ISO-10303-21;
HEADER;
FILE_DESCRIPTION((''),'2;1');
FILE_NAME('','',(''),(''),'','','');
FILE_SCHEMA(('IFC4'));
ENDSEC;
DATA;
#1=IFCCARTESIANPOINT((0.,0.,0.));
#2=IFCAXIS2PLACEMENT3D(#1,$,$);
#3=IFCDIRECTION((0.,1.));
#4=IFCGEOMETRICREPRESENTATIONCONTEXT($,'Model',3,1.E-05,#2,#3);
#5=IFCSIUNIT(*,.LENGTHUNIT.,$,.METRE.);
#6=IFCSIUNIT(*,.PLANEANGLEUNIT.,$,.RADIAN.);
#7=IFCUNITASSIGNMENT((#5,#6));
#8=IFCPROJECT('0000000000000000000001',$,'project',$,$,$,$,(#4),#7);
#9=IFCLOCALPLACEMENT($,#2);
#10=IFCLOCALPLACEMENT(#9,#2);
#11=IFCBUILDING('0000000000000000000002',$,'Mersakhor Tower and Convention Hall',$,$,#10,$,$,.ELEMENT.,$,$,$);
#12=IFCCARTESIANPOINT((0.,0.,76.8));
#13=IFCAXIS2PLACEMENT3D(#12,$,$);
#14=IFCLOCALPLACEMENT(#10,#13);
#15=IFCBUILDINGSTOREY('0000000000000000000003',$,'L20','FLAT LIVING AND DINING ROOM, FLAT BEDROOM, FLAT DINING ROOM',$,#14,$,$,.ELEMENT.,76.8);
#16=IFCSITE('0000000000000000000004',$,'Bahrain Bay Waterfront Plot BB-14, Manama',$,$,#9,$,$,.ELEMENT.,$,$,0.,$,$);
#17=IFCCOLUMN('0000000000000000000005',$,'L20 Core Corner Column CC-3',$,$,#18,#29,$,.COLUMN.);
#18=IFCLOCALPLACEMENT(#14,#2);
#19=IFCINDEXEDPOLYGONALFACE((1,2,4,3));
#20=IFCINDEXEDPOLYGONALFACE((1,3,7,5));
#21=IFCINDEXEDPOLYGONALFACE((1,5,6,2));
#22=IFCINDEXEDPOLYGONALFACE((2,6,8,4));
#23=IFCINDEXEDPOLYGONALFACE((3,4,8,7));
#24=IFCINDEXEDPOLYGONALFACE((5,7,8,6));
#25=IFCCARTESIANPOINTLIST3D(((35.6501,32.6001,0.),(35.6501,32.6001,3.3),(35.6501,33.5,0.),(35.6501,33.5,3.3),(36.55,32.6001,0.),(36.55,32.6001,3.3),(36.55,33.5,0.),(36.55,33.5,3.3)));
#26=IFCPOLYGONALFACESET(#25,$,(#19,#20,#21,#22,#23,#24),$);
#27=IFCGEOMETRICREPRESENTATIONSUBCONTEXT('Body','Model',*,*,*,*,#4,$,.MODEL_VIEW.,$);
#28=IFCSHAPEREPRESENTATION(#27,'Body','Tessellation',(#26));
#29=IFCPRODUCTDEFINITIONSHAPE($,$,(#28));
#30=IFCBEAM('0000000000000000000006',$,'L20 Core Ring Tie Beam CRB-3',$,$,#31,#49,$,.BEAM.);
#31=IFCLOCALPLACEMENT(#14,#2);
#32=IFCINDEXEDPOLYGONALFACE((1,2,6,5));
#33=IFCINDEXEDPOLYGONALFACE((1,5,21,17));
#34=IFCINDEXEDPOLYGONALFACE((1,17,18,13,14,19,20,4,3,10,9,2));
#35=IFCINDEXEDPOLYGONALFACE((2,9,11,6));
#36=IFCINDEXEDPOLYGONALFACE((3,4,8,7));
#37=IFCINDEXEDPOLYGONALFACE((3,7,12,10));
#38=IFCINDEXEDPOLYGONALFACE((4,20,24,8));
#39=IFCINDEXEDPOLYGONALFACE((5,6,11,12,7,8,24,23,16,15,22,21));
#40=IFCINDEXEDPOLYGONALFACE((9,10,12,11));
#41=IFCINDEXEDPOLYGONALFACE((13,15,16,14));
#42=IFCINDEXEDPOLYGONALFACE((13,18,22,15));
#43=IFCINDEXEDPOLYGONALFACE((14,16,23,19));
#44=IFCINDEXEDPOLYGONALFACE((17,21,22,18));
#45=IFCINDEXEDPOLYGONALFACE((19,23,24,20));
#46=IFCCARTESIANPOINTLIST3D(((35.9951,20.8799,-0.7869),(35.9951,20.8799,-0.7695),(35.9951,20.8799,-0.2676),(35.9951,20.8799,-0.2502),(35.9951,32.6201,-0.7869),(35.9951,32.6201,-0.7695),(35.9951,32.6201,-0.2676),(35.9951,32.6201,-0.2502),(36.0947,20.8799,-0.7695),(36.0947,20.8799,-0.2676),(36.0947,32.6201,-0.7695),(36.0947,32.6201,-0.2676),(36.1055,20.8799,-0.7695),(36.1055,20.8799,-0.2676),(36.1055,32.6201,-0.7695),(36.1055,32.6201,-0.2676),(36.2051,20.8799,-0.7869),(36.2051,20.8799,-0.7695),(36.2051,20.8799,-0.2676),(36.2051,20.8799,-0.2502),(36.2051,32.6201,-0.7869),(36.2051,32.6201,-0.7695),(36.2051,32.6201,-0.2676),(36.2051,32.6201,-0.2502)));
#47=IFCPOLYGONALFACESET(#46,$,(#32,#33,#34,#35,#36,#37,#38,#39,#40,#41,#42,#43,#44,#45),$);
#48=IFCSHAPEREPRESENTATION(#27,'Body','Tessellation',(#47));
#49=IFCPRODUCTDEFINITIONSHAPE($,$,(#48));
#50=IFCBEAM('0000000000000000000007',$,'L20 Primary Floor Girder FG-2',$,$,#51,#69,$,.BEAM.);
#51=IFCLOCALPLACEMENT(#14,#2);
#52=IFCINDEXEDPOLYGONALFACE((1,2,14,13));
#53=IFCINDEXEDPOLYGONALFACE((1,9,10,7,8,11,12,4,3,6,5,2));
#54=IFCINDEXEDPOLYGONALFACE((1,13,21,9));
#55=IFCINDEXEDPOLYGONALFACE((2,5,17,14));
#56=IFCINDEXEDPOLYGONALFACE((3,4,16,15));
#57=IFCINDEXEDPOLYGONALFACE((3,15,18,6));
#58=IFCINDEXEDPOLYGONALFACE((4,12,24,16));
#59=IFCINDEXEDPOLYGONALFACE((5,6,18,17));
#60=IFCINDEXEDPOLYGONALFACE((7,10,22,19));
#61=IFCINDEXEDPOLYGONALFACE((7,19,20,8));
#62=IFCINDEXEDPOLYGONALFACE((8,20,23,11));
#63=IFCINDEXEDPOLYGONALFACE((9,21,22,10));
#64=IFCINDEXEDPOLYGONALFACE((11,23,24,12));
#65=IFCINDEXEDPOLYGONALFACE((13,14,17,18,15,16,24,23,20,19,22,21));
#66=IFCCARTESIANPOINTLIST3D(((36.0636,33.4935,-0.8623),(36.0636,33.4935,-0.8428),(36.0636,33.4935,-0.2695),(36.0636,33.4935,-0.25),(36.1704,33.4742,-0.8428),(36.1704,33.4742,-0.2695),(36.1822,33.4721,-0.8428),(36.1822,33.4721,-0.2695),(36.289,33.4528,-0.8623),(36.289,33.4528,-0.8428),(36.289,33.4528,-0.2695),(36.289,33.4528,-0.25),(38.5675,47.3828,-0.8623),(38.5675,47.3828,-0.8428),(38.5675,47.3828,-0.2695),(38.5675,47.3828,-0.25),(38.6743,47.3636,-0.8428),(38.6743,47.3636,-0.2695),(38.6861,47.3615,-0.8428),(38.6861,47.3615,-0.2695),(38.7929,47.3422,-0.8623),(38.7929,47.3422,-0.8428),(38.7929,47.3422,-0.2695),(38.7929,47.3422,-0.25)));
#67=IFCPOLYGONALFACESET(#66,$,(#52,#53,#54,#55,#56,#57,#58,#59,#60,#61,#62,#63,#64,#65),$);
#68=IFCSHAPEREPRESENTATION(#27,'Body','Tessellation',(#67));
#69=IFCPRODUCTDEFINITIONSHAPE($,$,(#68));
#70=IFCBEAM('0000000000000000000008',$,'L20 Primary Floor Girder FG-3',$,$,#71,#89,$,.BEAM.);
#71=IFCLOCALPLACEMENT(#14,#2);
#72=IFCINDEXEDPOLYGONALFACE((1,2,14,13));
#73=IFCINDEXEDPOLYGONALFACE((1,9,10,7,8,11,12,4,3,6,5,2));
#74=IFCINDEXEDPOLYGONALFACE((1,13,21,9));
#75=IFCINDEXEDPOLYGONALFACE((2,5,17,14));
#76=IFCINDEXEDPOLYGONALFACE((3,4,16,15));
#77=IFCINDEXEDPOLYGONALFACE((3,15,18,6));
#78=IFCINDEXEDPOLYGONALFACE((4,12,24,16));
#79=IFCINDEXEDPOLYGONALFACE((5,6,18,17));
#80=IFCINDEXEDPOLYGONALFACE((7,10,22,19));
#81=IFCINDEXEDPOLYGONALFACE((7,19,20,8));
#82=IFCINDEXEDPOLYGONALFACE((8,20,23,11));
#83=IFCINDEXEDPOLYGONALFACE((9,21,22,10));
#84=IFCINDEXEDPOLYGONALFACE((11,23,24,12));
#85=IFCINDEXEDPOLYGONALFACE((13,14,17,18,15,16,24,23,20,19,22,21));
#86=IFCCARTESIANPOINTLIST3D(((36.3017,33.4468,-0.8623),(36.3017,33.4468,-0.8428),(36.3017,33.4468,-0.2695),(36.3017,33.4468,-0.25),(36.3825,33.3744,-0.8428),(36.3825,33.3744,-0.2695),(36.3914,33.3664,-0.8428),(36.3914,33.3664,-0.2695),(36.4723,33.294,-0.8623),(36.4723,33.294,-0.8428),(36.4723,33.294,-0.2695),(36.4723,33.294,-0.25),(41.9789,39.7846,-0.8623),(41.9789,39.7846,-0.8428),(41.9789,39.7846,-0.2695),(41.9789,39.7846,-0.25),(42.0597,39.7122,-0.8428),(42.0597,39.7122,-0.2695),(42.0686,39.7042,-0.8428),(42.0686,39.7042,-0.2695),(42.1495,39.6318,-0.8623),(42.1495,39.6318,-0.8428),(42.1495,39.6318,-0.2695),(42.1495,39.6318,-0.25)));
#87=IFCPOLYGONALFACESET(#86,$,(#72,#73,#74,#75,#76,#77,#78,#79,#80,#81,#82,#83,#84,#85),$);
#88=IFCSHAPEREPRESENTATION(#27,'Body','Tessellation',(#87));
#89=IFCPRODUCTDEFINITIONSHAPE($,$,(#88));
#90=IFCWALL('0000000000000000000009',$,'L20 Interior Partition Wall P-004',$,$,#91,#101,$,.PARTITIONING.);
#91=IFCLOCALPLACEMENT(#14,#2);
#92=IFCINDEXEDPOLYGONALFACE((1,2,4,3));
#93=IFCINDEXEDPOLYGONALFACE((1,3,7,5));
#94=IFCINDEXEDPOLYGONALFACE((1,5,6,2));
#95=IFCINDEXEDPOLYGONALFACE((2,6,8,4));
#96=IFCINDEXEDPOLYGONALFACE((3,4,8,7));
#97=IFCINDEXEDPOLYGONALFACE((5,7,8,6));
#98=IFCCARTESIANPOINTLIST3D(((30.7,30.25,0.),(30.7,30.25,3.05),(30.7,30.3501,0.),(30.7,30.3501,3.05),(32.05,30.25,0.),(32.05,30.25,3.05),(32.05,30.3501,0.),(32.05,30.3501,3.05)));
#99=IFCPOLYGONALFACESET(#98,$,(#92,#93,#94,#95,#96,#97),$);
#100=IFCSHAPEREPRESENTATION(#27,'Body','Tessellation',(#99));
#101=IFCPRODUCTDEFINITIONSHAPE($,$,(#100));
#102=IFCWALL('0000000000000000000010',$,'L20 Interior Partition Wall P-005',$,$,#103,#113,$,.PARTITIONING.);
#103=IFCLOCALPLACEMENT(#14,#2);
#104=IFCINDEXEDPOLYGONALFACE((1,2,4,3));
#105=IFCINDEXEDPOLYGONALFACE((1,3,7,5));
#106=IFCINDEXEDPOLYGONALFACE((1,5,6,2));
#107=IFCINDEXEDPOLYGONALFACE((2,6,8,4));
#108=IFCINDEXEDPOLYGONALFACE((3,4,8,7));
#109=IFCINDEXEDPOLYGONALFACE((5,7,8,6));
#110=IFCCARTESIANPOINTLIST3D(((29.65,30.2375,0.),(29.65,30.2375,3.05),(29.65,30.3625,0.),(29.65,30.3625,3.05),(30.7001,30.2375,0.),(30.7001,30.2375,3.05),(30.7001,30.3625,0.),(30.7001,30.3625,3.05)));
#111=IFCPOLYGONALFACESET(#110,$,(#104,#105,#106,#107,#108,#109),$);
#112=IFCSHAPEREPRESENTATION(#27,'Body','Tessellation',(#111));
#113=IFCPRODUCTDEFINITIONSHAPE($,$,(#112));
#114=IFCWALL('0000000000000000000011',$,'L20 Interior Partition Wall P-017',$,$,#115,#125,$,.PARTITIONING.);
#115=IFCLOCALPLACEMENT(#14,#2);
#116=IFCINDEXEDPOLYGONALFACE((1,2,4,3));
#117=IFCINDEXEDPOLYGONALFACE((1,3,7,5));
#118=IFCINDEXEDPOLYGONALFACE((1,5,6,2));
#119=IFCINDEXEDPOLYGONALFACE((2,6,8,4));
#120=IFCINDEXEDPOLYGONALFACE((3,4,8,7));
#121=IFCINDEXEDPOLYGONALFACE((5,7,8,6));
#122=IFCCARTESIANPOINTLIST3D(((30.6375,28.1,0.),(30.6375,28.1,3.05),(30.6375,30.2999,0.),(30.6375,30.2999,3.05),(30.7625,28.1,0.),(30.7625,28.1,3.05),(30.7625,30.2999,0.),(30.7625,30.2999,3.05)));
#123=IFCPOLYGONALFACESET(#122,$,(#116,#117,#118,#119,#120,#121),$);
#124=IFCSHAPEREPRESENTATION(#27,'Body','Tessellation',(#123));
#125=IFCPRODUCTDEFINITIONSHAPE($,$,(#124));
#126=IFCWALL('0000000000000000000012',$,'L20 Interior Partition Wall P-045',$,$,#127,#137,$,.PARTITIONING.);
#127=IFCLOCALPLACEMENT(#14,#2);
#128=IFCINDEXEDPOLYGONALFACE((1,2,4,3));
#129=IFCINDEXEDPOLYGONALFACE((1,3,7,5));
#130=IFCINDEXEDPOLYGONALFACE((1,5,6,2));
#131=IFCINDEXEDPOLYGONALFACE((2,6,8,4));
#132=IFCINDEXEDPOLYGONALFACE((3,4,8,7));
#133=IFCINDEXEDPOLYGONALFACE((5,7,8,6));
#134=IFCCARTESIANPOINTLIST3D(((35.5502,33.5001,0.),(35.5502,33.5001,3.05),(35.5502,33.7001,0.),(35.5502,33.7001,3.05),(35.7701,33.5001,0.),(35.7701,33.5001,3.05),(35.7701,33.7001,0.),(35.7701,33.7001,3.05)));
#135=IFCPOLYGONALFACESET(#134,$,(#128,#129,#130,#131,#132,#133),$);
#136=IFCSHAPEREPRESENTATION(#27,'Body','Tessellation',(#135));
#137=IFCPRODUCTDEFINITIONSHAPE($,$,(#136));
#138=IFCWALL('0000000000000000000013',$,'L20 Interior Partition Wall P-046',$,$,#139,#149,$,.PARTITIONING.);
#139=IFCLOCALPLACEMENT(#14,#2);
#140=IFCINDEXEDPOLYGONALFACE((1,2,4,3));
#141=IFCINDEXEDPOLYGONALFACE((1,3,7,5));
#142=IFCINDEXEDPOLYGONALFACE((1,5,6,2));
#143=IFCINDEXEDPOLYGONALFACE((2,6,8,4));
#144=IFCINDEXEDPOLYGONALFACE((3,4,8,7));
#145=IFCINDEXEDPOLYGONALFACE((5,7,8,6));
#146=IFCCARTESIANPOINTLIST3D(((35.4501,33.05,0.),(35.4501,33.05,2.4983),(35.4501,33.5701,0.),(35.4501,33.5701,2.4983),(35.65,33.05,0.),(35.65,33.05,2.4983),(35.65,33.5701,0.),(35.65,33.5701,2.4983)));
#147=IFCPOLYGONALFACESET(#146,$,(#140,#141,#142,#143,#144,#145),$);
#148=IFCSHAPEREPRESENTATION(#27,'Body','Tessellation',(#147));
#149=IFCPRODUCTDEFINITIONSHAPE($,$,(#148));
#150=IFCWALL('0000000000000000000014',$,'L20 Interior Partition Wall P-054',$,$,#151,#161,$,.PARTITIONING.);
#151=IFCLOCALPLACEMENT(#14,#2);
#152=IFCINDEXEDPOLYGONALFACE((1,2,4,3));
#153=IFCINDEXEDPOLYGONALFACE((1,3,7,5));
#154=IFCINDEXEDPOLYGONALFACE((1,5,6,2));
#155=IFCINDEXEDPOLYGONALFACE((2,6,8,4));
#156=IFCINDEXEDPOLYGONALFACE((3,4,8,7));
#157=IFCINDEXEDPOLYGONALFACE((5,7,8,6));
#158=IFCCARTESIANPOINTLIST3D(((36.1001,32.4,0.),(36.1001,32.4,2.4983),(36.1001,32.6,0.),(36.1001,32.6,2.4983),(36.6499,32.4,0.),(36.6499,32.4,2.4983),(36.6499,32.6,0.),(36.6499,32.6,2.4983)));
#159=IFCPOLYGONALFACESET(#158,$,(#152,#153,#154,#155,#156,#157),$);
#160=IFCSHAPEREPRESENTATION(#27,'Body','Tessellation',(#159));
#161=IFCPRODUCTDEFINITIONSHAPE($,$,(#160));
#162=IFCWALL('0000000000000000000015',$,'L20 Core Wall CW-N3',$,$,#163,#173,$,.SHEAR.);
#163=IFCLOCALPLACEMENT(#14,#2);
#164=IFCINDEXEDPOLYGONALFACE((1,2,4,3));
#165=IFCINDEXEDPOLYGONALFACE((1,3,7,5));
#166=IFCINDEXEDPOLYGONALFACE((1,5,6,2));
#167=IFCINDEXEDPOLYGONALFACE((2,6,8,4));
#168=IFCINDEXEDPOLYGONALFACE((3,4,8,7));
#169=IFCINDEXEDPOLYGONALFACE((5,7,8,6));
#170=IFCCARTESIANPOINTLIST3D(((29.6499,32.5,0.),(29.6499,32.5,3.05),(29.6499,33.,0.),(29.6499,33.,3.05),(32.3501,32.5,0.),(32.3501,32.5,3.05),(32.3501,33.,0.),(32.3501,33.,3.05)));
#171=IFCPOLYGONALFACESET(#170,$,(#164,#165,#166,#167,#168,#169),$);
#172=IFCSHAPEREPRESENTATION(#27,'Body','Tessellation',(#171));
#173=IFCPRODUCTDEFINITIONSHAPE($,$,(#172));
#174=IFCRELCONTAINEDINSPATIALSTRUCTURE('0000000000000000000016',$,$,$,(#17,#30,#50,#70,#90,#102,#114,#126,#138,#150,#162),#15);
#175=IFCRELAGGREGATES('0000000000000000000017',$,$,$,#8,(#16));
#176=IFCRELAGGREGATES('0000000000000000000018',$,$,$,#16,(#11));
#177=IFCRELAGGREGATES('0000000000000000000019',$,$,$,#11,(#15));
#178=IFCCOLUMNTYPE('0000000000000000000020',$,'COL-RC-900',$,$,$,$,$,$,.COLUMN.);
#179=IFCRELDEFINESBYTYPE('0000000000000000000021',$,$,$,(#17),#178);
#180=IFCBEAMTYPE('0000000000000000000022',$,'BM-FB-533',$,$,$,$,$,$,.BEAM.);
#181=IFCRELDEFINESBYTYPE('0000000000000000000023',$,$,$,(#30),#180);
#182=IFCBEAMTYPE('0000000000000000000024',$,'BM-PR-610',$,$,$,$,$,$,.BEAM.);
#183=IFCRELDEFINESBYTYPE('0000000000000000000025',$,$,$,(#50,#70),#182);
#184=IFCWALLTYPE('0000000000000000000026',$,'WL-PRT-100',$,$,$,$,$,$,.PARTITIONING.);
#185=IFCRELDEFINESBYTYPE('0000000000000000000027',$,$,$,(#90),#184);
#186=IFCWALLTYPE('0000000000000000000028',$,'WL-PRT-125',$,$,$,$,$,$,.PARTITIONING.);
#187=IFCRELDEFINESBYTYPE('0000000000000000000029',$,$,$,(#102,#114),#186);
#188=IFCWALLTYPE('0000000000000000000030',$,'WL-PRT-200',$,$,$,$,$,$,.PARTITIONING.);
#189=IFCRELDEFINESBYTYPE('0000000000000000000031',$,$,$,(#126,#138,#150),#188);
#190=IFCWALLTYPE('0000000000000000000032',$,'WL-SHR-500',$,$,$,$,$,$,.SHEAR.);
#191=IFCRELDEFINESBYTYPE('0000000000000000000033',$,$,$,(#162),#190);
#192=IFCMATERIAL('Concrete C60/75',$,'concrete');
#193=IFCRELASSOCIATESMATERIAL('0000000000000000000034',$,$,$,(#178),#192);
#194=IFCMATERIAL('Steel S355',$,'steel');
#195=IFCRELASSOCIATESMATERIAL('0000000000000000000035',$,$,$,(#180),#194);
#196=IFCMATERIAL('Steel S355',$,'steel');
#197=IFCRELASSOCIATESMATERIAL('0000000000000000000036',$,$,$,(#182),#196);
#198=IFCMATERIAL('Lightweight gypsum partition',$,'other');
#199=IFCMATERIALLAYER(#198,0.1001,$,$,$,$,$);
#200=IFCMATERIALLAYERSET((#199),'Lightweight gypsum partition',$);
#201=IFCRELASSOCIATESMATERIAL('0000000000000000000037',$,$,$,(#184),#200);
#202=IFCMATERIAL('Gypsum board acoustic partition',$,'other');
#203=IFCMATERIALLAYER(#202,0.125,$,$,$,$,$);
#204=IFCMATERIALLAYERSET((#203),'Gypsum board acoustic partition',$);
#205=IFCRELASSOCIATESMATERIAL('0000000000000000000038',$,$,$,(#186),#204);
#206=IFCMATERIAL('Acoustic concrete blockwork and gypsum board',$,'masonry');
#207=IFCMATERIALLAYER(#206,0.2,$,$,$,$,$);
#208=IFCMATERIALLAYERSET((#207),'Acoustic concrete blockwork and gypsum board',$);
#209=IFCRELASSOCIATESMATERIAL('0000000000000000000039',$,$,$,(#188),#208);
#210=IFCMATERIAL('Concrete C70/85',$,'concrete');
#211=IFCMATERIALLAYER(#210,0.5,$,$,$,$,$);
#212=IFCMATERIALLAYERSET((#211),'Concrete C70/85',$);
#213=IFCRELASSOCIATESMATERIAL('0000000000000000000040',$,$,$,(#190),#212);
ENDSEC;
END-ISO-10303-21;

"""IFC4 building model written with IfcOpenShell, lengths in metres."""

from ifc_helpers import new_model, si_unit, direction, frame, frame_2d, origin, origin_2d, place, context, subcontext, project, spatial, rectangle, i_section, extrude, material, layer, layer_set, material_profile, profile_set, type_object, element, save


model = new_model("IFC4")

# Units and contexts
model_context = context("Model", 3, precision=1e-05, world=origin(), true_north=direction((0.0, 1.0)))
body_context = subcontext(model_context, "Body", "Model", "MODEL_VIEW")
ifc_project = project(units=[si_unit("LENGTHUNIT", "METRE"), si_unit("PLANEANGLEUNIT", "RADIAN")], contexts=[model_context])

# Site, building, storey
site_placement = place(None, origin())
site = spatial("IfcSite", under=ifc_project, at=site_placement, Name="Bahrain Bay Waterfront Plot BB-14, Manama", CompositionType="ELEMENT", RefElevation=0.0)
building_placement = place(site_placement, origin())
building = spatial("IfcBuilding", under=site, at=building_placement, Name="Mersakhor Tower and Convention Hall", CompositionType="ELEMENT")
storey_placement = place(building_placement, frame((0.0, 0.0, 76.8)))
storey = spatial("IfcBuildingStorey", under=building, at=storey_placement, Name="L20", Description="FLAT LIVING AND DINING ROOM, FLAT BEDROOM, FLAT DINING ROOM", CompositionType="ELEMENT", Elevation=76.8)

# Column
ifc_material_1 = material(Name="Concrete C60/75", Category="concrete")
ifc_material_profile_1 = material_profile(ifc_material_1, rectangle(XDim=0.8999, YDim=0.8999, at=origin_2d()), Name="RC 900x900")
ifc_profile_set_1 = profile_set([ifc_material_profile_1], Name="Concrete C60/75")
column_type = type_object("IfcColumnType", Name="COL-RC-900", PredefinedType="COLUMN", material=ifc_profile_set_1)
column_placement = place(storey_placement, frame((36.1001, 33.05, 0.0), z_axis=(0.0, 0.0, 1.0), x_axis=(1.0, 0.0, 0.0)))
element("IfcColumn", 1, at=column_placement, inside=storey, type_object=column_type, Name="L20 Core Corner Column CC-3", PredefinedType="COLUMN", context=body_context, shape_type="SweptSolid", body=[
    extrude(rectangle(XDim=0.8999, YDim=0.8999, at=origin_2d()), origin(), (0.0, 0.0, 1.0), 3.3),
])

# Beams
ifc_material_2 = material(Name="Steel S355", Category="steel")
ifc_material_profile_2 = material_profile(ifc_material_2, i_section(OverallWidth=0.21, OverallDepth=0.5366, WebThickness=0.0107, FlangeThickness=0.0173, at=origin_2d()), Name="UB 533x210x101")
ifc_profile_set_2 = profile_set([ifc_material_profile_2], Name="Steel S355")
beam_type_1 = type_object("IfcBeamType", Name="BM-FB-533", PredefinedType="BEAM", material=ifc_profile_set_2)
beam_1_placement = place(storey_placement, frame((36.1001, 32.6201, -0.5186), z_axis=(0.0, -1.0, 0.0), x_axis=(1.0, 0.0, 0.0)))
element("IfcBeam", 2, at=beam_1_placement, inside=storey, type_object=beam_type_1, Name="L20 Core Ring Tie Beam CRB-3", PredefinedType="BEAM", context=body_context, shape_type="SweptSolid", body=[
    extrude(i_section(OverallWidth=0.21, OverallDepth=0.5366, WebThickness=0.0107, FlangeThickness=0.0173, at=origin_2d()), origin(), (0.0, 0.0, 1.0), 11.7402),
])
ifc_material_3 = material(Name="Steel S355", Category="steel")
ifc_material_profile_3 = material_profile(ifc_material_3, i_section(OverallWidth=0.229, OverallDepth=0.6123, WebThickness=0.012, FlangeThickness=0.0195, at=origin_2d()), Name="UB 610x229x125")
ifc_profile_set_3 = profile_set([ifc_material_profile_3], Name="Steel S355")
beam_type_2 = type_object("IfcBeamType", Name="BM-PR-610", PredefinedType="BEAM", material=ifc_profile_set_3)
beam_2_placement = place(storey_placement, frame((36.1763, 33.4731, -0.5562), z_axis=(0.177415, 0.984136, 0.0), x_axis=(-0.984136, 0.177415, 0.0)))
element("IfcBeam", 3, at=beam_2_placement, inside=storey, type_object=beam_type_2, Name="L20 Primary Floor Girder FG-2", PredefinedType="BEAM", context=body_context, shape_type="SweptSolid", body=[
    extrude(i_section(OverallWidth=0.229, OverallDepth=0.6123, WebThickness=0.012, FlangeThickness=0.0195, at=origin_2d()), origin(), (0.0, 0.0, 1.0), 14.1133),
])
beam_3_placement = place(storey_placement, frame((36.387, 33.3704, -0.5562), z_axis=(0.667219, 0.744861, 0.0), x_axis=(-0.744861, 0.667219, 0.0)))
element("IfcBeam", 4, at=beam_3_placement, inside=storey, type_object=beam_type_2, Name="L20 Primary Floor Girder FG-3", PredefinedType="BEAM", context=body_context, shape_type="SweptSolid", body=[
    extrude(i_section(OverallWidth=0.229, OverallDepth=0.6123, WebThickness=0.012, FlangeThickness=0.0195, at=origin_2d()), origin(), (0.0, 0.0, 1.0), 8.5088),
])

# Walls
ifc_material_4 = material(Name="Lightweight gypsum partition", Category="other")
ifc_layer_1 = layer(ifc_material_4, 0.1001)
ifc_layer_set_1 = layer_set([ifc_layer_1], Name="Lightweight gypsum partition")
wall_type_1 = type_object("IfcWallType", Name="WL-PRT-100", PredefinedType="PARTITIONING", material=ifc_layer_set_1)
wall_1_placement = place(storey_placement, frame((32.05, 30.3, 0.0), z_axis=(0.0, 0.0, 1.0), x_axis=(-1.0, 0.0, 0.0)))
element("IfcWall", 5, at=wall_1_placement, inside=storey, type_object=wall_type_1, Name="L20 Interior Partition Wall P-004", PredefinedType="PARTITIONING", context=body_context, shape_type="SweptSolid", body=[
    extrude(rectangle(XDim=1.3501, YDim=0.1001, at=frame_2d((0.675, 0.0))), origin(), (0.0, 0.0, 1.0), 3.05),
])
ifc_material_5 = material(Name="Gypsum board acoustic partition", Category="other")
ifc_layer_2 = layer(ifc_material_5, 0.125)
ifc_layer_set_2 = layer_set([ifc_layer_2], Name="Gypsum board acoustic partition")
wall_type_2 = type_object("IfcWallType", Name="WL-PRT-125", PredefinedType="PARTITIONING", material=ifc_layer_set_2)
wall_2_placement = place(storey_placement, frame((30.7, 30.3, 0.0), z_axis=(0.0, 0.0, 1.0), x_axis=(-1.0, 0.0, 0.0)))
element("IfcWall", 6, at=wall_2_placement, inside=storey, type_object=wall_type_2, Name="L20 Interior Partition Wall P-005", PredefinedType="PARTITIONING", context=body_context, shape_type="SweptSolid", body=[
    extrude(rectangle(XDim=1.05, YDim=0.125, at=frame_2d((0.5249, 0.0))), origin(), (0.0, 0.0, 1.0), 3.05),
])
wall_3_placement = place(storey_placement, frame((30.7, 30.3, 0.0), z_axis=(0.0, 0.0, 1.0), x_axis=(0.0, -1.0, 0.0)))
element("IfcWall", 7, at=wall_3_placement, inside=storey, type_object=wall_type_2, Name="L20 Interior Partition Wall P-017", PredefinedType="PARTITIONING", context=body_context, shape_type="SweptSolid", body=[
    extrude(rectangle(XDim=2.2, YDim=0.125, at=frame_2d((1.1001, 0.0))), origin(), (0.0, 0.0, 1.0), 3.05),
])
ifc_material_6 = material(Name="Acoustic concrete blockwork and gypsum board", Category="masonry")
ifc_layer_3 = layer(ifc_material_6, 0.2)
ifc_layer_set_3 = layer_set([ifc_layer_3], Name="Acoustic concrete blockwork and gypsum board")
wall_type_3 = type_object("IfcWallType", Name="WL-PRT-200", PredefinedType="PARTITIONING", material=ifc_layer_set_3)
wall_4_placement = place(storey_placement, frame((35.77, 33.6001, 0.0), z_axis=(0.0, 0.0, 1.0), x_axis=(-1.0, 0.0, 0.0)))
element("IfcWall", 8, at=wall_4_placement, inside=storey, type_object=wall_type_3, Name="L20 Interior Partition Wall P-045", PredefinedType="PARTITIONING", context=body_context, shape_type="SweptSolid", body=[
    extrude(rectangle(XDim=0.22, YDim=0.2, at=frame_2d((0.1099, 0.0))), origin(), (0.0, 0.0, 1.0), 3.05),
])
wall_5_placement = place(storey_placement, frame((35.55, 33.5701, 0.0), z_axis=(0.0, 0.0, 1.0), x_axis=(0.0, -1.0, 0.0)))
element("IfcWall", 9, at=wall_5_placement, inside=storey, type_object=wall_type_3, Name="L20 Interior Partition Wall P-046", PredefinedType="PARTITIONING", context=body_context, shape_type="SweptSolid", body=[
    extrude(rectangle(XDim=0.52, YDim=0.2, at=frame_2d((0.26, 0.0))), origin(), (0.0, 0.0, 1.0), 2.4983),
])
wall_6_placement = place(storey_placement, frame((36.1001, 32.5, 0.0), z_axis=(0.0, 0.0, 1.0), x_axis=(1.0, 0.0, 0.0)))
element("IfcWall", 10, at=wall_6_placement, inside=storey, type_object=wall_type_3, Name="L20 Interior Partition Wall P-054", PredefinedType="PARTITIONING", context=body_context, shape_type="SweptSolid", body=[
    extrude(rectangle(XDim=0.5498, YDim=0.2, at=frame_2d((0.2749, 0.0))), origin(), (0.0, 0.0, 1.0), 2.4983),
])

# Wall
ifc_material_7 = material(Name="Concrete C70/85", Category="concrete")
ifc_layer_4 = layer(ifc_material_7, 0.5)
ifc_layer_set_4 = layer_set([ifc_layer_4], Name="Concrete C70/85")
wall_type_4 = type_object("IfcWallType", Name="WL-SHR-500", PredefinedType="SHEAR", material=ifc_layer_set_4)
wall_7_placement = place(storey_placement, frame((29.6499, 32.75, 0.0), z_axis=(0.0, 0.0, 1.0), x_axis=(1.0, 0.0, 0.0)))
element("IfcWall", 11, at=wall_7_placement, inside=storey, type_object=wall_type_4, Name="L20 Core Wall CW-N3", PredefinedType="SHEAR", context=body_context, shape_type="SweptSolid", body=[
    extrude(rectangle(XDim=2.7002, YDim=0.5, at=frame_2d((1.3501, 0.0))), origin(), (0.0, 0.0, 1.0), 3.05),
])

save(model, "model.ifc")
